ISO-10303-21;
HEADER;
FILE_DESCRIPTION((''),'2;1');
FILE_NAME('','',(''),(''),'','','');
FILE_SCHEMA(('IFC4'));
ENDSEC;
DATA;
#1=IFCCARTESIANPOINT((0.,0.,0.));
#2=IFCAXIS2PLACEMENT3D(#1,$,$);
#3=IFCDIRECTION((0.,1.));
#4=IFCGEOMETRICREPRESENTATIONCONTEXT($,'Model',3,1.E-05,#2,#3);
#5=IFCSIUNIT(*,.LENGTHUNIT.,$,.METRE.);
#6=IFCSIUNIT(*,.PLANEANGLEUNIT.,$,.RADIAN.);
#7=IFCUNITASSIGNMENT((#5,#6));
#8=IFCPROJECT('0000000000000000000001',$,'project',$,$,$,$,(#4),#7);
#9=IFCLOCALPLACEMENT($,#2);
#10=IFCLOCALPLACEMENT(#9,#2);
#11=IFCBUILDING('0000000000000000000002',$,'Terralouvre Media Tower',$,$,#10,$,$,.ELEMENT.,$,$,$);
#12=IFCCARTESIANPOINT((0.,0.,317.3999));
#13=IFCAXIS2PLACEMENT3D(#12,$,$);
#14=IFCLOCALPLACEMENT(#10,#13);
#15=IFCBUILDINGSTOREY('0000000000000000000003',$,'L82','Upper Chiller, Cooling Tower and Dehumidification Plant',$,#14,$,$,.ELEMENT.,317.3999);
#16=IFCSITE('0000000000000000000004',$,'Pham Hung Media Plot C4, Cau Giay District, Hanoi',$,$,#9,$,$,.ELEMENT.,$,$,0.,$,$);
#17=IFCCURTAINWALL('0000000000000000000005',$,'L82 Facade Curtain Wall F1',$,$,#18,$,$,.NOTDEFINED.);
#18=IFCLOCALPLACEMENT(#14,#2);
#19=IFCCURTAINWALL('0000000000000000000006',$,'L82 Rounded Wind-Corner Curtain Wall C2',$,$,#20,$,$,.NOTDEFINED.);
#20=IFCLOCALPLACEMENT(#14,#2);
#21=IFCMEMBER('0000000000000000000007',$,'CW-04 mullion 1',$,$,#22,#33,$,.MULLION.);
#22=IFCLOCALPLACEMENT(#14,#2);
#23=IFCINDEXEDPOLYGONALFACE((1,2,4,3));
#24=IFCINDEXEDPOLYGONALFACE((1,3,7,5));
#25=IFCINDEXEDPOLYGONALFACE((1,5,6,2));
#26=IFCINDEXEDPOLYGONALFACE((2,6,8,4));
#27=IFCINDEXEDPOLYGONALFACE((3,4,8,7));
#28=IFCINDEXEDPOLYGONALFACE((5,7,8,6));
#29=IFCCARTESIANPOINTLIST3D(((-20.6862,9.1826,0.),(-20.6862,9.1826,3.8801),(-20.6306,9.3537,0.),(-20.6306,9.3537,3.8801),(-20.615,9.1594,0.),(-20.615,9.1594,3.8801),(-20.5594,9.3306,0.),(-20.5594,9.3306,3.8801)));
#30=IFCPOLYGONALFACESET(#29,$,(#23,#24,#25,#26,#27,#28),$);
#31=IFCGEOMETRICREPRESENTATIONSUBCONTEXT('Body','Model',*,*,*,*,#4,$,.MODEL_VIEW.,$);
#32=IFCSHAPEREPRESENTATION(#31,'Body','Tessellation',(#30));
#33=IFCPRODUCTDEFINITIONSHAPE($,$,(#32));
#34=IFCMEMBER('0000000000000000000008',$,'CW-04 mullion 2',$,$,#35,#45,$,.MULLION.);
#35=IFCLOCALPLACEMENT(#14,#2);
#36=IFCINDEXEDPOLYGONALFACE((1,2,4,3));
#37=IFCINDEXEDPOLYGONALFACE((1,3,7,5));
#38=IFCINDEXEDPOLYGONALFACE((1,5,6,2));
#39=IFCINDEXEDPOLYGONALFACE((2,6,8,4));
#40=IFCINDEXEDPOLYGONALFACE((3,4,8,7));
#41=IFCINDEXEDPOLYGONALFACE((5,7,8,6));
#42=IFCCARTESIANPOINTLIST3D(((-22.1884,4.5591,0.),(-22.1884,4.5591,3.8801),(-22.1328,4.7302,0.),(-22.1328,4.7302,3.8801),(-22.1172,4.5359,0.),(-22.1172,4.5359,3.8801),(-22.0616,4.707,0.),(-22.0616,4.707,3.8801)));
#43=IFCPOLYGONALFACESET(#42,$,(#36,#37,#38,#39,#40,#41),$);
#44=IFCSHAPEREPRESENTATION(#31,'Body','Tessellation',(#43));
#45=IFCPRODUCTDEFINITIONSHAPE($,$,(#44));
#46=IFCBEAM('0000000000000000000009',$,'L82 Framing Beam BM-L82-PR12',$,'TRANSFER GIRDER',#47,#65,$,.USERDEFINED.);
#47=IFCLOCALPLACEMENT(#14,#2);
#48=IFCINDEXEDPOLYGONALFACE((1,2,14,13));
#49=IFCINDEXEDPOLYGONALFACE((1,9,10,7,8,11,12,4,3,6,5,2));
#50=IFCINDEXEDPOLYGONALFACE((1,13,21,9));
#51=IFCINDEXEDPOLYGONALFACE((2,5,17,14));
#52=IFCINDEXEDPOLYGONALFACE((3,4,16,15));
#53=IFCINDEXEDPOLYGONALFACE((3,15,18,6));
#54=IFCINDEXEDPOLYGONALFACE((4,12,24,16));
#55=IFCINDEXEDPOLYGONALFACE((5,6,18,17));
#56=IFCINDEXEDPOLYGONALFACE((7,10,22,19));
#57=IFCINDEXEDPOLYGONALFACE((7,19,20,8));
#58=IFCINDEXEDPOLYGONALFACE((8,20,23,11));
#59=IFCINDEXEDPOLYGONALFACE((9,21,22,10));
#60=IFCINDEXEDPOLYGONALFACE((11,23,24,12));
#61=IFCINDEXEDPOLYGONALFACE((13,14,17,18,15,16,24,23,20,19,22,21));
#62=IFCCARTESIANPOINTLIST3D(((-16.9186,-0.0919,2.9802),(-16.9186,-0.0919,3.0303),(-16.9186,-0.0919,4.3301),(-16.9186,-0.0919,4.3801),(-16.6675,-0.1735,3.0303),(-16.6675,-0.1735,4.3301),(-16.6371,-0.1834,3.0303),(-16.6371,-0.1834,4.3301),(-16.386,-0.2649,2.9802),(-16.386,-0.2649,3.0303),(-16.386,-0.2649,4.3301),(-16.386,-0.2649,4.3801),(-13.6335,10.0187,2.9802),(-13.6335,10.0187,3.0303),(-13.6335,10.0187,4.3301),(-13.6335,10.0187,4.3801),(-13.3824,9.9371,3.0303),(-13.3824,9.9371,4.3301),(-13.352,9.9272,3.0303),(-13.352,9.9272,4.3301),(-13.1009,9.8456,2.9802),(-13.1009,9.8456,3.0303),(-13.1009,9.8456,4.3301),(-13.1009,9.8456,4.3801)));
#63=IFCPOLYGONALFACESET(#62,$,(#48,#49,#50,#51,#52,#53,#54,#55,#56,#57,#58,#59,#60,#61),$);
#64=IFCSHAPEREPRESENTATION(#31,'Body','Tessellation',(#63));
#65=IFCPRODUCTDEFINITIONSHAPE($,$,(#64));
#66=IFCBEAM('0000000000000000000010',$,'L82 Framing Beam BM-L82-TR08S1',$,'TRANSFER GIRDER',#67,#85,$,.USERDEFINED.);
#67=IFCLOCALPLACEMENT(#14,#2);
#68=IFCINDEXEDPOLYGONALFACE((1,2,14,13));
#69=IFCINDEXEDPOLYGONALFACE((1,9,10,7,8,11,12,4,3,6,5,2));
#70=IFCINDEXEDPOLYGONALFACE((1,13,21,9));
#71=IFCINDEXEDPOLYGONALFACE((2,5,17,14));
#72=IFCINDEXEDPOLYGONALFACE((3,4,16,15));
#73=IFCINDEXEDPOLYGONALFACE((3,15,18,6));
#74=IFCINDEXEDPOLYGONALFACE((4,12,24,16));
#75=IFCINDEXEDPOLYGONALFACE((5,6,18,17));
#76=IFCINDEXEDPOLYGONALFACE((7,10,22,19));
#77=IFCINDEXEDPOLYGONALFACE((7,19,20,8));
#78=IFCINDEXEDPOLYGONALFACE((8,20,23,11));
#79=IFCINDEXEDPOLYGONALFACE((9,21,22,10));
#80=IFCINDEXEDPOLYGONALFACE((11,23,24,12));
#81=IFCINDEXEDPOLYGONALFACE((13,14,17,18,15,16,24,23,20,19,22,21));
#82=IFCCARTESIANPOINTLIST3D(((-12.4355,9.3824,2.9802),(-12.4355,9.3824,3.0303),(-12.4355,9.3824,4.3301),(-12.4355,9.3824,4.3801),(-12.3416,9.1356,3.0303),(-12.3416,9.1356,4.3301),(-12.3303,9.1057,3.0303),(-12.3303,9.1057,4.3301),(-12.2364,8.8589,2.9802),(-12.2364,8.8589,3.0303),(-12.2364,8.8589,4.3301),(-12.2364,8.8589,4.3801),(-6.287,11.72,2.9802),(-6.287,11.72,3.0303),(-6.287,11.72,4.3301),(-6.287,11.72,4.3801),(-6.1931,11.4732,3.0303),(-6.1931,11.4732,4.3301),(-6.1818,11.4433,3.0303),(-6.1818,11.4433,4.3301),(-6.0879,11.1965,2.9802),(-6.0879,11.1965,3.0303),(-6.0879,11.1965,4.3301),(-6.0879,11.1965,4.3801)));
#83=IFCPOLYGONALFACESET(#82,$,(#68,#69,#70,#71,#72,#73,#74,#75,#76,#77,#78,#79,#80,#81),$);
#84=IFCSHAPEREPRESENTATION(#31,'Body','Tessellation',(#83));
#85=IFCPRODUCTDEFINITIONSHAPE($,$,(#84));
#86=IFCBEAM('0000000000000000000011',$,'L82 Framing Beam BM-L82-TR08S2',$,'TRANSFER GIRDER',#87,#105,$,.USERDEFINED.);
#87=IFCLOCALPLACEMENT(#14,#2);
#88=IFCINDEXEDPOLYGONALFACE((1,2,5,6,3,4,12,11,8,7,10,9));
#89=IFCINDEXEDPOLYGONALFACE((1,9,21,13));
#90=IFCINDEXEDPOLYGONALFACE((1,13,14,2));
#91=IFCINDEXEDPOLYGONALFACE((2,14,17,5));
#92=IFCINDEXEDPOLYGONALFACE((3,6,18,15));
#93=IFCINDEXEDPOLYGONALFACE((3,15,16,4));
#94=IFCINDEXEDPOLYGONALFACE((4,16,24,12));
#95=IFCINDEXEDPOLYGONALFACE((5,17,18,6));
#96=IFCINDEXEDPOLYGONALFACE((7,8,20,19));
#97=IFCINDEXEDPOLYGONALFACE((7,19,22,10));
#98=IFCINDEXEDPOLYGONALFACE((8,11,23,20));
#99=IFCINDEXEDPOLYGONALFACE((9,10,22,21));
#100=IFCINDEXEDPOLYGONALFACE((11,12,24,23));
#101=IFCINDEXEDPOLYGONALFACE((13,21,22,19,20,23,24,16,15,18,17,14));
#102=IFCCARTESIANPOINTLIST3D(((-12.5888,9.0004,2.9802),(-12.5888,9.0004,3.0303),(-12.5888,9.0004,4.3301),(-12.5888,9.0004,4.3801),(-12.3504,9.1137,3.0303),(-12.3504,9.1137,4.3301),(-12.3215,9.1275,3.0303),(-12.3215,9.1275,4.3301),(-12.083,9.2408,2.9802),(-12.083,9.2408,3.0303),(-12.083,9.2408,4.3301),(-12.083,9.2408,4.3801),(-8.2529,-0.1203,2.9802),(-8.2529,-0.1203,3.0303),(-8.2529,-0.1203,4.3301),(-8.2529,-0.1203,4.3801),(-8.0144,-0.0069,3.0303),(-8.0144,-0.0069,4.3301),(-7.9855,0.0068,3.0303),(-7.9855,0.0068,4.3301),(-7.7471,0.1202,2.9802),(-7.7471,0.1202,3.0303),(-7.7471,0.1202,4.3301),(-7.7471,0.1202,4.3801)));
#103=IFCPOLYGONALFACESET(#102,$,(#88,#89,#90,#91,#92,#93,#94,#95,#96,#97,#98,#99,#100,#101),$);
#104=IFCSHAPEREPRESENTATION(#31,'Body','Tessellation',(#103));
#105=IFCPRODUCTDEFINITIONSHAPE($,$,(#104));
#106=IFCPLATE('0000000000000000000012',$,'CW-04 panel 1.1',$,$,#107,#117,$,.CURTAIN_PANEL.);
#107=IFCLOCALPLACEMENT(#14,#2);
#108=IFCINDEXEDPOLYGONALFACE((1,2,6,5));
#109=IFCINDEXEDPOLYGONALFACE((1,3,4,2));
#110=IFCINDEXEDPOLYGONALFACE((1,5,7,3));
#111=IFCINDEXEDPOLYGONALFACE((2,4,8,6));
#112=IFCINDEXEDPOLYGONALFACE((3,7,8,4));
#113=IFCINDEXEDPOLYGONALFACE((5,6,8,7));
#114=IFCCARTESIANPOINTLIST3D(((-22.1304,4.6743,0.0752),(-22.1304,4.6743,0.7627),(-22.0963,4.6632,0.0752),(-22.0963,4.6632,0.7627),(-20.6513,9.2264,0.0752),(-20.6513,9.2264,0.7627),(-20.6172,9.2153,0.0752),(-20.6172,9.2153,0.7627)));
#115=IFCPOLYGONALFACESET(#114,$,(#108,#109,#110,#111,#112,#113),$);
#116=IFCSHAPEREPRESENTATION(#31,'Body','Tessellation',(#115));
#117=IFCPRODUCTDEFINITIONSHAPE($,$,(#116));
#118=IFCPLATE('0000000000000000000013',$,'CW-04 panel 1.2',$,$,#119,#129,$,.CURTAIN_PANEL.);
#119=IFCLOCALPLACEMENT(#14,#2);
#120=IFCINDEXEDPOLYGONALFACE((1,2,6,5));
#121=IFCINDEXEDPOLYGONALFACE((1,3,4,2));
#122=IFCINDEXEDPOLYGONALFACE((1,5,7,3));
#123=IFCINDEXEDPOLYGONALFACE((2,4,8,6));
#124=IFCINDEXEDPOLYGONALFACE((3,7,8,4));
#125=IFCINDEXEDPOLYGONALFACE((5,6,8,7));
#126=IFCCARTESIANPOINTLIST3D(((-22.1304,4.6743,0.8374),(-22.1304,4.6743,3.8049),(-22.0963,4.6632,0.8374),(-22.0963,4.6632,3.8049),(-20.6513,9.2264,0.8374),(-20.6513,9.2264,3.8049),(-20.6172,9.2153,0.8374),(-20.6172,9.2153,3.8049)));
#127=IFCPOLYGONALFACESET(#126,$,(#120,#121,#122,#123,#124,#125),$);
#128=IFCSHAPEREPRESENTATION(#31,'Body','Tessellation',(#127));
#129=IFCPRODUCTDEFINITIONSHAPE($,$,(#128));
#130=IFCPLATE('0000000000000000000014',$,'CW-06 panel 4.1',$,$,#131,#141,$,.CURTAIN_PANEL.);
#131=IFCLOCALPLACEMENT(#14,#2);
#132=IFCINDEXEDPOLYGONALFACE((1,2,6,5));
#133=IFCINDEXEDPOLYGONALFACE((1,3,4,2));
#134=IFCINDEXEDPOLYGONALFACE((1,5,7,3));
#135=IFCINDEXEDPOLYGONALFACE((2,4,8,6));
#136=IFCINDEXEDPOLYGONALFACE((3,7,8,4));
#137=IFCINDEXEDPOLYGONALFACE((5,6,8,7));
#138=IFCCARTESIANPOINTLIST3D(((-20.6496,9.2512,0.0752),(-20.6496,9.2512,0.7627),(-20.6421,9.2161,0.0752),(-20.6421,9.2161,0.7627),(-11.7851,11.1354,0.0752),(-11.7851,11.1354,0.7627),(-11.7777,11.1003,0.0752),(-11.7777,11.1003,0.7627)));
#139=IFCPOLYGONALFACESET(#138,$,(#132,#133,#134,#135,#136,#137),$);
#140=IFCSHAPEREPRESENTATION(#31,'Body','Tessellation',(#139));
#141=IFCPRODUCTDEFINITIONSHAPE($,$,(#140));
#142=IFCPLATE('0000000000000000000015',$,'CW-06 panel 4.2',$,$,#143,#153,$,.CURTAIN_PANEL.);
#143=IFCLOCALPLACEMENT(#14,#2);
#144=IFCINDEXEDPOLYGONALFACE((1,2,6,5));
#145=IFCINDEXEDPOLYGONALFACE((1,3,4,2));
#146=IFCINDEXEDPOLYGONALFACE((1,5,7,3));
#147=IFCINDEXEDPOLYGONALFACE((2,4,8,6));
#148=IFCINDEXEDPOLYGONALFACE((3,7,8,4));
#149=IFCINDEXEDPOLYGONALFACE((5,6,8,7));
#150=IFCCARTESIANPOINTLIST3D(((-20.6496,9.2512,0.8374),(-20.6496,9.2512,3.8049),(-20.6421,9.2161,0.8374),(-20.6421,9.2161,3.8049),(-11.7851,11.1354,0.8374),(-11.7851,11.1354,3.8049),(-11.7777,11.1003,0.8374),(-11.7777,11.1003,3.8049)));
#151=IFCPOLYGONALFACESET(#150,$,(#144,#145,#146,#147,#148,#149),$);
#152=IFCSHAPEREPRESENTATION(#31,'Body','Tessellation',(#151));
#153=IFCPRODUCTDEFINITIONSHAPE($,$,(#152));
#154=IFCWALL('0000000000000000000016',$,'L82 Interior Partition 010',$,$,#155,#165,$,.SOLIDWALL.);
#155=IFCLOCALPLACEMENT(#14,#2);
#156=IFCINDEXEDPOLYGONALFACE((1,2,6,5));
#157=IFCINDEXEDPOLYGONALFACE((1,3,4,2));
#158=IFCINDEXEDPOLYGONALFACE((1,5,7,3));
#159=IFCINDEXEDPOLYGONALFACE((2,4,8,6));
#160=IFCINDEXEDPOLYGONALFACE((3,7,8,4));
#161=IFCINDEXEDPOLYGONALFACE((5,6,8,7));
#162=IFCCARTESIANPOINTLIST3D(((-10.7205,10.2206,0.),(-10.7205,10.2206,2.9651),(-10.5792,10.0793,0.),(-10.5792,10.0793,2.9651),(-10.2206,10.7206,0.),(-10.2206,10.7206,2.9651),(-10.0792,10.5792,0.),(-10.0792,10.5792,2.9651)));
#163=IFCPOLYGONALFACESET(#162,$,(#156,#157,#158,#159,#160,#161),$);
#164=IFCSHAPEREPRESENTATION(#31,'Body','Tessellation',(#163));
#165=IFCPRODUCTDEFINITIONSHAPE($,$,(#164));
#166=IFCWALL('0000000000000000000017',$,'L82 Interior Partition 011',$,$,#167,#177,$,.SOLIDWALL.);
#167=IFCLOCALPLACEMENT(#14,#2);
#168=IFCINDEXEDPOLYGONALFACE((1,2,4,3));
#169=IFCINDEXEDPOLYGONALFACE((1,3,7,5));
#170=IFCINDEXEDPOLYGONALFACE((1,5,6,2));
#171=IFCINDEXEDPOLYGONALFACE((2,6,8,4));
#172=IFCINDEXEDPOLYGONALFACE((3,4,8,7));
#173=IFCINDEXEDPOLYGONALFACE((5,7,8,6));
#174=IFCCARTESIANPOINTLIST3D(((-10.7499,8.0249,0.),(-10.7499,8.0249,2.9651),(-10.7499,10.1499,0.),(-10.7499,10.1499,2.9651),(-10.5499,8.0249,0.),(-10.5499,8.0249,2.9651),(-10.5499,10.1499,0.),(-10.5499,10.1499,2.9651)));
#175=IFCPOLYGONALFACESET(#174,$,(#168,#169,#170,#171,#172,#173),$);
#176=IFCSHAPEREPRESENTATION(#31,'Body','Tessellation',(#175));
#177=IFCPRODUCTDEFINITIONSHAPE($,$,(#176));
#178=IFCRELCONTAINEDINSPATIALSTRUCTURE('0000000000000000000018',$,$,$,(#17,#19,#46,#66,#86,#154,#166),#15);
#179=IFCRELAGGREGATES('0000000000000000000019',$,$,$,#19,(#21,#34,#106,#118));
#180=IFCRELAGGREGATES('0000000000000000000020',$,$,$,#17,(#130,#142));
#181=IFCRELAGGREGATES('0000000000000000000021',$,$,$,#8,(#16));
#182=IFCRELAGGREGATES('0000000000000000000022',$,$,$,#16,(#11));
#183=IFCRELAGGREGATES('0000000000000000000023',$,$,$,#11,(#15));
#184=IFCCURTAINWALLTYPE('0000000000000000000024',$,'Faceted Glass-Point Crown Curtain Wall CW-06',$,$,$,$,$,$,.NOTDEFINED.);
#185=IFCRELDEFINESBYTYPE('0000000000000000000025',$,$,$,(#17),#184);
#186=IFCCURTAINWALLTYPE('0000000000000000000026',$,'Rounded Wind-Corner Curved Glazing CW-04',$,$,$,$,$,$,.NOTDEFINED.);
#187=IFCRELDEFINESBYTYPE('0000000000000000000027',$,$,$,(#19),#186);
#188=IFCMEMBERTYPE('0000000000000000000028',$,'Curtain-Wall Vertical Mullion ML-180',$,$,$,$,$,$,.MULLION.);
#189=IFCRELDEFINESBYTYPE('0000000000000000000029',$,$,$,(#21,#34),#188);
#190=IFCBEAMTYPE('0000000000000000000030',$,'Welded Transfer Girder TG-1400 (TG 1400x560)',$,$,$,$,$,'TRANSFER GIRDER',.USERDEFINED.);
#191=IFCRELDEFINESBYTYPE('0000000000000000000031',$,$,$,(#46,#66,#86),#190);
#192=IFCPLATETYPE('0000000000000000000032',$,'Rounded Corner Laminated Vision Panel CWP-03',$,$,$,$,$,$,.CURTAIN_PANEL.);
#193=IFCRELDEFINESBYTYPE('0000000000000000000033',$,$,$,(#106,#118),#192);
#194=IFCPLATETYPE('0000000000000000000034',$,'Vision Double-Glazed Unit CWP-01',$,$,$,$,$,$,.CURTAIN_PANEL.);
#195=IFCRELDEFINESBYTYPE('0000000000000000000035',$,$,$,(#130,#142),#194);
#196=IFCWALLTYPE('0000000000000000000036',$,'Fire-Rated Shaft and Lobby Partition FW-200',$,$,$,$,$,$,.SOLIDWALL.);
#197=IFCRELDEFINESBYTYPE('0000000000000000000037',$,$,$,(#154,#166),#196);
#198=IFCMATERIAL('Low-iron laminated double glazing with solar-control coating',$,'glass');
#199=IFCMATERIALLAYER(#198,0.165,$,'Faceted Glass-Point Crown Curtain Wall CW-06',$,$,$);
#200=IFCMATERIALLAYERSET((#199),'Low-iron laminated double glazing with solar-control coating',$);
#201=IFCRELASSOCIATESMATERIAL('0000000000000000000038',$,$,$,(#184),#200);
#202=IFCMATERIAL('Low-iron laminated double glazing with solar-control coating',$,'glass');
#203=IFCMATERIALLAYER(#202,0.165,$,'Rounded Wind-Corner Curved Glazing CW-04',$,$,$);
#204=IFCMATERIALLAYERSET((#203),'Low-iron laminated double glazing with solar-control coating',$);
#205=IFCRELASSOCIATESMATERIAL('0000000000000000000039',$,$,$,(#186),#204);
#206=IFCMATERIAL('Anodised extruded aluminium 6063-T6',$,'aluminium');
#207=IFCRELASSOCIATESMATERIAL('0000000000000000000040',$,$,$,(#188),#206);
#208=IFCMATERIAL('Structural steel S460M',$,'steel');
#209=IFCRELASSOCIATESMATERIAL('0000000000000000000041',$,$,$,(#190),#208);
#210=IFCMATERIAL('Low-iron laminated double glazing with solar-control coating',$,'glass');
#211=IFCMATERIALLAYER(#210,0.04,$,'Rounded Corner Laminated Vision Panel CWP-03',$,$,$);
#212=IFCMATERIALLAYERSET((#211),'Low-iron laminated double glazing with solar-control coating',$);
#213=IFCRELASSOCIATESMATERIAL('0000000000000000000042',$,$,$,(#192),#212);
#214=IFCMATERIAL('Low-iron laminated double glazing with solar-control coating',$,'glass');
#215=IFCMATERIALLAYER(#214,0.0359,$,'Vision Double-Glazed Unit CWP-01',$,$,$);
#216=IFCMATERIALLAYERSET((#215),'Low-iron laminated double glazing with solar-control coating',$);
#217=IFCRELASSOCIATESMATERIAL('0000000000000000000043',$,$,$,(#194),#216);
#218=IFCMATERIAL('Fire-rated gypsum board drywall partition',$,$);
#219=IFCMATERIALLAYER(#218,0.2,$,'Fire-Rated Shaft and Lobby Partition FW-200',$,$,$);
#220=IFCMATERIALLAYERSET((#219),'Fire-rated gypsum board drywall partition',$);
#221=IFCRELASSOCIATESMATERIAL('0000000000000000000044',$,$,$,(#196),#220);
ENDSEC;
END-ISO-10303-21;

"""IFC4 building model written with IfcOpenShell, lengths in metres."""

from ifc_helpers import new_model, si_unit, direction, frame, frame_2d, origin, origin_2d, place, context, subcontext, project, spatial, rectangle, i_section, extrude, material, layer, layer_set, material_profile, profile_set, type_object, element, aggregate, save


model = new_model("IFC4")

# Units and contexts
model_context = context("Model", 3, precision=1e-05, world=origin(), true_north=direction((0.0, 1.0)))
body_context = subcontext(model_context, "Body", "Model", "MODEL_VIEW")
ifc_project = project(units=[si_unit("LENGTHUNIT", "METRE"), si_unit("PLANEANGLEUNIT", "RADIAN")], contexts=[model_context])

# Site, building, storey
site_placement = place(None, origin())
site = spatial("IfcSite", under=ifc_project, at=site_placement, Name="Pham Hung Media Plot C4, Cau Giay District, Hanoi", CompositionType="ELEMENT", RefElevation=0.0)
building_placement = place(site_placement, origin())
building = spatial("IfcBuilding", under=site, at=building_placement, Name="Terralouvre Media Tower", CompositionType="ELEMENT")
storey_placement = place(building_placement, frame((0.0, 0.0, 317.3999)))
storey = spatial("IfcBuildingStorey", under=building, at=storey_placement, Name="L82", Description="Upper Chiller, Cooling Tower and Dehumidification Plant", CompositionType="ELEMENT", Elevation=317.3999)

# Curtain walls
ifc_material_1 = material(Name="Low-iron laminated double glazing with solar-control coating", Category="glass")
ifc_layer_1 = layer(ifc_material_1, 0.165, Name="Faceted Glass-Point Crown Curtain Wall CW-06")
ifc_layer_set_1 = layer_set([ifc_layer_1], Name="Low-iron laminated double glazing with solar-control coating")
curtain_wall_type_1 = type_object("IfcCurtainWallType", Name="Faceted Glass-Point Crown Curtain Wall CW-06", PredefinedType="NOTDEFINED", material=ifc_layer_set_1)
curtain_wall_1_placement = place(storey_placement, origin())
curtain_wall_1 = element("IfcCurtainWall", 1, at=curtain_wall_1_placement, inside=storey, type_object=curtain_wall_type_1, Name="L82 Facade Curtain Wall F1", PredefinedType="NOTDEFINED")
ifc_material_2 = material(Name="Low-iron laminated double glazing with solar-control coating", Category="glass")
ifc_layer_2 = layer(ifc_material_2, 0.165, Name="Rounded Wind-Corner Curved Glazing CW-04")
ifc_layer_set_2 = layer_set([ifc_layer_2], Name="Low-iron laminated double glazing with solar-control coating")
curtain_wall_type_2 = type_object("IfcCurtainWallType", Name="Rounded Wind-Corner Curved Glazing CW-04", PredefinedType="NOTDEFINED", material=ifc_layer_set_2)
curtain_wall_2_placement = place(storey_placement, origin())
curtain_wall_2 = element("IfcCurtainWall", 2, at=curtain_wall_2_placement, inside=storey, type_object=curtain_wall_type_2, Name="L82 Rounded Wind-Corner Curtain Wall C2", PredefinedType="NOTDEFINED")

# Members
ifc_material_3 = material(Name="Anodised extruded aluminium 6063-T6", Category="aluminium")
ifc_material_profile_1 = material_profile(ifc_material_3, rectangle(XDim=0.075, YDim=0.1799, at=origin_2d()), Name="ALU 75x180")
ifc_profile_set_1 = profile_set([ifc_material_profile_1], Name="Anodised extruded aluminium 6063-T6")
member_type_1 = type_object("IfcMemberType", Name="Curtain-Wall Vertical Mullion ML-180", PredefinedType="MULLION", material=ifc_profile_set_1)
member_1_placement = place(storey_placement, frame((-20.6228, 9.2566, 0.0), z_axis=(0.0, 0.0, 1.0), x_axis=(0.951056, -0.309018, 0.0)))
member_1 = element("IfcMember", 3, at=member_1_placement, type_object=member_type_1, Name="CW-04 mullion 1", PredefinedType="MULLION", context=body_context, shape_type="SweptSolid", body=[
    extrude(rectangle(XDim=0.075, YDim=0.1799, at=origin_2d()), origin(), (0.0, 0.0, 1.0), 3.8801),
])
member_2_placement = place(storey_placement, frame((-22.125, 4.6331, 0.0), z_axis=(0.0, 0.0, 1.0), x_axis=(0.951056, -0.309018, 0.0)))
member_2 = element("IfcMember", 4, at=member_2_placement, type_object=member_type_1, Name="CW-04 mullion 2", PredefinedType="MULLION", context=body_context, shape_type="SweptSolid", body=[
    extrude(rectangle(XDim=0.075, YDim=0.1799, at=origin_2d()), origin(), (0.0, 0.0, 1.0), 3.8801),
])

# Beams
ifc_material_4 = material(Name="Structural steel S460M", Category="steel")
ifc_material_profile_2 = material_profile(ifc_material_4, i_section(OverallWidth=0.5601, OverallDepth=1.3999, WebThickness=0.032, FlangeThickness=0.05, at=origin_2d()), Name="TG 1400x560")
ifc_profile_set_2 = profile_set([ifc_material_profile_2], Name="Structural steel S460M")
beam_type = type_object("IfcBeamType", Name="Welded Transfer Girder TG-1400 (TG 1400x560)", ElementType="TRANSFER GIRDER", PredefinedType="USERDEFINED", material=ifc_profile_set_2)
beam_1_placement = place(storey_placement, frame((-13.3672, 9.9321, 3.6802), z_axis=(-0.309019, -0.951056, 0.0), x_axis=(0.951056, -0.309019, 0.0)))
element("IfcBeam", 5, at=beam_1_placement, inside=storey, type_object=beam_type, Name="L82 Framing Beam BM-L82-PR12", ObjectType="TRANSFER GIRDER", PredefinedType="USERDEFINED", context=body_context, shape_type="SweptSolid", body=[
    extrude(i_section(OverallWidth=0.5601, OverallDepth=1.3999, WebThickness=0.032, FlangeThickness=0.05, at=origin_2d()), origin(), (0.0, 0.0, 1.0), 10.6309),
])
beam_2_placement = place(storey_placement, frame((-12.3359, 9.1206, 3.6802), z_axis=(0.934721, 0.355383, 0.0), x_axis=(-0.355383, 0.934721, 0.0)))
element("IfcBeam", 6, at=beam_2_placement, inside=storey, type_object=beam_type, Name="L82 Framing Beam BM-L82-TR08S1", ObjectType="TRANSFER GIRDER", PredefinedType="USERDEFINED", context=body_context, shape_type="SweptSolid", body=[
    extrude(i_section(OverallWidth=0.5601, OverallDepth=1.3999, WebThickness=0.032, FlangeThickness=0.05, at=origin_2d()), origin(), (0.0, 0.0, 1.0), 6.5779),
])
beam_3_placement = place(storey_placement, frame((-12.3359, 9.1206, 3.6802), z_axis=(0.429352, -0.903137, 0.0), x_axis=(0.903137, 0.429352, 0.0)))
element("IfcBeam", 7, at=beam_3_placement, inside=storey, type_object=beam_type, Name="L82 Framing Beam BM-L82-TR08S2", ObjectType="TRANSFER GIRDER", PredefinedType="USERDEFINED", context=body_context, shape_type="SweptSolid", body=[
    extrude(i_section(OverallWidth=0.5601, OverallDepth=1.3999, WebThickness=0.032, FlangeThickness=0.05, at=origin_2d()), origin(), (0.0, 0.0, 1.0), 10.0989),
])

# Plates
ifc_material_5 = material(Name="Low-iron laminated double glazing with solar-control coating", Category="glass")
ifc_layer_3 = layer(ifc_material_5, 0.04, Name="Rounded Corner Laminated Vision Panel CWP-03")
ifc_layer_set_3 = layer_set([ifc_layer_3], Name="Low-iron laminated double glazing with solar-control coating")
plate_type_1 = type_object("IfcPlateType", Name="Rounded Corner Laminated Vision Panel CWP-03", PredefinedType="CURTAIN_PANEL", material=ifc_layer_set_3)
plate_1_placement = place(storey_placement, frame((-21.3738, 6.9448, 0.0752), z_axis=(0.0, 0.0, 1.0), x_axis=(-0.309018, -0.951056, 0.0)))
plate_1 = element("IfcPlate", 8, at=plate_1_placement, type_object=plate_type_1, Name="CW-04 panel 1.1", PredefinedType="CURTAIN_PANEL", context=body_context, shape_type="SweptSolid", body=[
    extrude(rectangle(XDim=4.7864, YDim=0.0359, at=origin_2d()), origin(), (0.0, 0.0, 1.0), 0.6875),
])
plate_2_placement = place(storey_placement, frame((-21.3738, 6.9448, 0.8374), z_axis=(0.0, 0.0, 1.0), x_axis=(-0.309018, -0.951056, 0.0)))
plate_2 = element("IfcPlate", 9, at=plate_2_placement, type_object=plate_type_1, Name="CW-04 panel 1.2", PredefinedType="CURTAIN_PANEL", context=body_context, shape_type="SweptSolid", body=[
    extrude(rectangle(XDim=4.7864, YDim=0.0359, at=origin_2d()), origin(), (0.0, 0.0, 1.0), 2.9675),
])
aggregate(curtain_wall_2, [member_1, member_2, plate_1, plate_2])
ifc_material_6 = material(Name="Low-iron laminated double glazing with solar-control coating", Category="glass")
ifc_layer_4 = layer(ifc_material_6, 0.0359, Name="Vision Double-Glazed Unit CWP-01")
ifc_layer_set_4 = layer_set([ifc_layer_4], Name="Low-iron laminated double glazing with solar-control coating")
plate_type_2 = type_object("IfcPlateType", Name="Vision Double-Glazed Unit CWP-01", PredefinedType="CURTAIN_PANEL", material=ifc_layer_set_4)
plate_3_placement = place(storey_placement, frame((-16.2136, 10.1758, 0.0752), z_axis=(0.0, 0.0, 1.0), x_axis=(-0.978148, -0.207912, 0.0)))
plate_3 = element("IfcPlate", 10, at=plate_3_placement, type_object=plate_type_2, Name="CW-06 panel 4.1", PredefinedType="CURTAIN_PANEL", context=body_context, shape_type="SweptSolid", body=[
    extrude(rectangle(XDim=9.0625, YDim=0.0359, at=origin_2d()), origin(), (0.0, 0.0, 1.0), 0.6875),
])
plate_4_placement = place(storey_placement, frame((-16.2136, 10.1758, 0.8374), z_axis=(0.0, 0.0, 1.0), x_axis=(-0.978148, -0.207912, 0.0)))
plate_4 = element("IfcPlate", 11, at=plate_4_placement, type_object=plate_type_2, Name="CW-06 panel 4.2", PredefinedType="CURTAIN_PANEL", context=body_context, shape_type="SweptSolid", body=[
    extrude(rectangle(XDim=9.0625, YDim=0.0359, at=origin_2d()), origin(), (0.0, 0.0, 1.0), 2.9675),
])
aggregate(curtain_wall_1, [plate_3, plate_4])

# Walls
ifc_material_7 = material(Name="Fire-rated gypsum board drywall partition")
ifc_layer_5 = layer(ifc_material_7, 0.2, Name="Fire-Rated Shaft and Lobby Partition FW-200")
ifc_layer_set_5 = layer_set([ifc_layer_5], Name="Fire-rated gypsum board drywall partition")
wall_type = type_object("IfcWallType", Name="Fire-Rated Shaft and Lobby Partition FW-200", PredefinedType="SOLIDWALL", material=ifc_layer_set_5)
wall_1_placement = place(storey_placement, frame((-10.1499, 10.6499, 0.0), z_axis=(0.0, 0.0, 1.0), x_axis=(-0.707107, -0.707107, 0.0)))
element("IfcWall", 12, at=wall_1_placement, inside=storey, type_object=wall_type, Name="L82 Interior Partition 010", PredefinedType="SOLIDWALL", context=body_context, shape_type="SweptSolid", body=[
    extrude(rectangle(XDim=0.707, YDim=0.2, at=frame_2d((0.3535, 0.0))), origin(), (0.0, 0.0, 1.0), 2.9651),
])
wall_2_placement = place(storey_placement, frame((-10.6499, 10.1499, 0.0), z_axis=(0.0, 0.0, 1.0), x_axis=(0.0, -1.0, 0.0)))
element("IfcWall", 13, at=wall_2_placement, inside=storey, type_object=wall_type, Name="L82 Interior Partition 011", PredefinedType="SOLIDWALL", context=body_context, shape_type="SweptSolid", body=[
    extrude(rectangle(XDim=2.125, YDim=0.2, at=frame_2d((1.0625, 0.0))), origin(), (0.0, 0.0, 1.0), 2.9651),
])

save(model, "model.ifc")
